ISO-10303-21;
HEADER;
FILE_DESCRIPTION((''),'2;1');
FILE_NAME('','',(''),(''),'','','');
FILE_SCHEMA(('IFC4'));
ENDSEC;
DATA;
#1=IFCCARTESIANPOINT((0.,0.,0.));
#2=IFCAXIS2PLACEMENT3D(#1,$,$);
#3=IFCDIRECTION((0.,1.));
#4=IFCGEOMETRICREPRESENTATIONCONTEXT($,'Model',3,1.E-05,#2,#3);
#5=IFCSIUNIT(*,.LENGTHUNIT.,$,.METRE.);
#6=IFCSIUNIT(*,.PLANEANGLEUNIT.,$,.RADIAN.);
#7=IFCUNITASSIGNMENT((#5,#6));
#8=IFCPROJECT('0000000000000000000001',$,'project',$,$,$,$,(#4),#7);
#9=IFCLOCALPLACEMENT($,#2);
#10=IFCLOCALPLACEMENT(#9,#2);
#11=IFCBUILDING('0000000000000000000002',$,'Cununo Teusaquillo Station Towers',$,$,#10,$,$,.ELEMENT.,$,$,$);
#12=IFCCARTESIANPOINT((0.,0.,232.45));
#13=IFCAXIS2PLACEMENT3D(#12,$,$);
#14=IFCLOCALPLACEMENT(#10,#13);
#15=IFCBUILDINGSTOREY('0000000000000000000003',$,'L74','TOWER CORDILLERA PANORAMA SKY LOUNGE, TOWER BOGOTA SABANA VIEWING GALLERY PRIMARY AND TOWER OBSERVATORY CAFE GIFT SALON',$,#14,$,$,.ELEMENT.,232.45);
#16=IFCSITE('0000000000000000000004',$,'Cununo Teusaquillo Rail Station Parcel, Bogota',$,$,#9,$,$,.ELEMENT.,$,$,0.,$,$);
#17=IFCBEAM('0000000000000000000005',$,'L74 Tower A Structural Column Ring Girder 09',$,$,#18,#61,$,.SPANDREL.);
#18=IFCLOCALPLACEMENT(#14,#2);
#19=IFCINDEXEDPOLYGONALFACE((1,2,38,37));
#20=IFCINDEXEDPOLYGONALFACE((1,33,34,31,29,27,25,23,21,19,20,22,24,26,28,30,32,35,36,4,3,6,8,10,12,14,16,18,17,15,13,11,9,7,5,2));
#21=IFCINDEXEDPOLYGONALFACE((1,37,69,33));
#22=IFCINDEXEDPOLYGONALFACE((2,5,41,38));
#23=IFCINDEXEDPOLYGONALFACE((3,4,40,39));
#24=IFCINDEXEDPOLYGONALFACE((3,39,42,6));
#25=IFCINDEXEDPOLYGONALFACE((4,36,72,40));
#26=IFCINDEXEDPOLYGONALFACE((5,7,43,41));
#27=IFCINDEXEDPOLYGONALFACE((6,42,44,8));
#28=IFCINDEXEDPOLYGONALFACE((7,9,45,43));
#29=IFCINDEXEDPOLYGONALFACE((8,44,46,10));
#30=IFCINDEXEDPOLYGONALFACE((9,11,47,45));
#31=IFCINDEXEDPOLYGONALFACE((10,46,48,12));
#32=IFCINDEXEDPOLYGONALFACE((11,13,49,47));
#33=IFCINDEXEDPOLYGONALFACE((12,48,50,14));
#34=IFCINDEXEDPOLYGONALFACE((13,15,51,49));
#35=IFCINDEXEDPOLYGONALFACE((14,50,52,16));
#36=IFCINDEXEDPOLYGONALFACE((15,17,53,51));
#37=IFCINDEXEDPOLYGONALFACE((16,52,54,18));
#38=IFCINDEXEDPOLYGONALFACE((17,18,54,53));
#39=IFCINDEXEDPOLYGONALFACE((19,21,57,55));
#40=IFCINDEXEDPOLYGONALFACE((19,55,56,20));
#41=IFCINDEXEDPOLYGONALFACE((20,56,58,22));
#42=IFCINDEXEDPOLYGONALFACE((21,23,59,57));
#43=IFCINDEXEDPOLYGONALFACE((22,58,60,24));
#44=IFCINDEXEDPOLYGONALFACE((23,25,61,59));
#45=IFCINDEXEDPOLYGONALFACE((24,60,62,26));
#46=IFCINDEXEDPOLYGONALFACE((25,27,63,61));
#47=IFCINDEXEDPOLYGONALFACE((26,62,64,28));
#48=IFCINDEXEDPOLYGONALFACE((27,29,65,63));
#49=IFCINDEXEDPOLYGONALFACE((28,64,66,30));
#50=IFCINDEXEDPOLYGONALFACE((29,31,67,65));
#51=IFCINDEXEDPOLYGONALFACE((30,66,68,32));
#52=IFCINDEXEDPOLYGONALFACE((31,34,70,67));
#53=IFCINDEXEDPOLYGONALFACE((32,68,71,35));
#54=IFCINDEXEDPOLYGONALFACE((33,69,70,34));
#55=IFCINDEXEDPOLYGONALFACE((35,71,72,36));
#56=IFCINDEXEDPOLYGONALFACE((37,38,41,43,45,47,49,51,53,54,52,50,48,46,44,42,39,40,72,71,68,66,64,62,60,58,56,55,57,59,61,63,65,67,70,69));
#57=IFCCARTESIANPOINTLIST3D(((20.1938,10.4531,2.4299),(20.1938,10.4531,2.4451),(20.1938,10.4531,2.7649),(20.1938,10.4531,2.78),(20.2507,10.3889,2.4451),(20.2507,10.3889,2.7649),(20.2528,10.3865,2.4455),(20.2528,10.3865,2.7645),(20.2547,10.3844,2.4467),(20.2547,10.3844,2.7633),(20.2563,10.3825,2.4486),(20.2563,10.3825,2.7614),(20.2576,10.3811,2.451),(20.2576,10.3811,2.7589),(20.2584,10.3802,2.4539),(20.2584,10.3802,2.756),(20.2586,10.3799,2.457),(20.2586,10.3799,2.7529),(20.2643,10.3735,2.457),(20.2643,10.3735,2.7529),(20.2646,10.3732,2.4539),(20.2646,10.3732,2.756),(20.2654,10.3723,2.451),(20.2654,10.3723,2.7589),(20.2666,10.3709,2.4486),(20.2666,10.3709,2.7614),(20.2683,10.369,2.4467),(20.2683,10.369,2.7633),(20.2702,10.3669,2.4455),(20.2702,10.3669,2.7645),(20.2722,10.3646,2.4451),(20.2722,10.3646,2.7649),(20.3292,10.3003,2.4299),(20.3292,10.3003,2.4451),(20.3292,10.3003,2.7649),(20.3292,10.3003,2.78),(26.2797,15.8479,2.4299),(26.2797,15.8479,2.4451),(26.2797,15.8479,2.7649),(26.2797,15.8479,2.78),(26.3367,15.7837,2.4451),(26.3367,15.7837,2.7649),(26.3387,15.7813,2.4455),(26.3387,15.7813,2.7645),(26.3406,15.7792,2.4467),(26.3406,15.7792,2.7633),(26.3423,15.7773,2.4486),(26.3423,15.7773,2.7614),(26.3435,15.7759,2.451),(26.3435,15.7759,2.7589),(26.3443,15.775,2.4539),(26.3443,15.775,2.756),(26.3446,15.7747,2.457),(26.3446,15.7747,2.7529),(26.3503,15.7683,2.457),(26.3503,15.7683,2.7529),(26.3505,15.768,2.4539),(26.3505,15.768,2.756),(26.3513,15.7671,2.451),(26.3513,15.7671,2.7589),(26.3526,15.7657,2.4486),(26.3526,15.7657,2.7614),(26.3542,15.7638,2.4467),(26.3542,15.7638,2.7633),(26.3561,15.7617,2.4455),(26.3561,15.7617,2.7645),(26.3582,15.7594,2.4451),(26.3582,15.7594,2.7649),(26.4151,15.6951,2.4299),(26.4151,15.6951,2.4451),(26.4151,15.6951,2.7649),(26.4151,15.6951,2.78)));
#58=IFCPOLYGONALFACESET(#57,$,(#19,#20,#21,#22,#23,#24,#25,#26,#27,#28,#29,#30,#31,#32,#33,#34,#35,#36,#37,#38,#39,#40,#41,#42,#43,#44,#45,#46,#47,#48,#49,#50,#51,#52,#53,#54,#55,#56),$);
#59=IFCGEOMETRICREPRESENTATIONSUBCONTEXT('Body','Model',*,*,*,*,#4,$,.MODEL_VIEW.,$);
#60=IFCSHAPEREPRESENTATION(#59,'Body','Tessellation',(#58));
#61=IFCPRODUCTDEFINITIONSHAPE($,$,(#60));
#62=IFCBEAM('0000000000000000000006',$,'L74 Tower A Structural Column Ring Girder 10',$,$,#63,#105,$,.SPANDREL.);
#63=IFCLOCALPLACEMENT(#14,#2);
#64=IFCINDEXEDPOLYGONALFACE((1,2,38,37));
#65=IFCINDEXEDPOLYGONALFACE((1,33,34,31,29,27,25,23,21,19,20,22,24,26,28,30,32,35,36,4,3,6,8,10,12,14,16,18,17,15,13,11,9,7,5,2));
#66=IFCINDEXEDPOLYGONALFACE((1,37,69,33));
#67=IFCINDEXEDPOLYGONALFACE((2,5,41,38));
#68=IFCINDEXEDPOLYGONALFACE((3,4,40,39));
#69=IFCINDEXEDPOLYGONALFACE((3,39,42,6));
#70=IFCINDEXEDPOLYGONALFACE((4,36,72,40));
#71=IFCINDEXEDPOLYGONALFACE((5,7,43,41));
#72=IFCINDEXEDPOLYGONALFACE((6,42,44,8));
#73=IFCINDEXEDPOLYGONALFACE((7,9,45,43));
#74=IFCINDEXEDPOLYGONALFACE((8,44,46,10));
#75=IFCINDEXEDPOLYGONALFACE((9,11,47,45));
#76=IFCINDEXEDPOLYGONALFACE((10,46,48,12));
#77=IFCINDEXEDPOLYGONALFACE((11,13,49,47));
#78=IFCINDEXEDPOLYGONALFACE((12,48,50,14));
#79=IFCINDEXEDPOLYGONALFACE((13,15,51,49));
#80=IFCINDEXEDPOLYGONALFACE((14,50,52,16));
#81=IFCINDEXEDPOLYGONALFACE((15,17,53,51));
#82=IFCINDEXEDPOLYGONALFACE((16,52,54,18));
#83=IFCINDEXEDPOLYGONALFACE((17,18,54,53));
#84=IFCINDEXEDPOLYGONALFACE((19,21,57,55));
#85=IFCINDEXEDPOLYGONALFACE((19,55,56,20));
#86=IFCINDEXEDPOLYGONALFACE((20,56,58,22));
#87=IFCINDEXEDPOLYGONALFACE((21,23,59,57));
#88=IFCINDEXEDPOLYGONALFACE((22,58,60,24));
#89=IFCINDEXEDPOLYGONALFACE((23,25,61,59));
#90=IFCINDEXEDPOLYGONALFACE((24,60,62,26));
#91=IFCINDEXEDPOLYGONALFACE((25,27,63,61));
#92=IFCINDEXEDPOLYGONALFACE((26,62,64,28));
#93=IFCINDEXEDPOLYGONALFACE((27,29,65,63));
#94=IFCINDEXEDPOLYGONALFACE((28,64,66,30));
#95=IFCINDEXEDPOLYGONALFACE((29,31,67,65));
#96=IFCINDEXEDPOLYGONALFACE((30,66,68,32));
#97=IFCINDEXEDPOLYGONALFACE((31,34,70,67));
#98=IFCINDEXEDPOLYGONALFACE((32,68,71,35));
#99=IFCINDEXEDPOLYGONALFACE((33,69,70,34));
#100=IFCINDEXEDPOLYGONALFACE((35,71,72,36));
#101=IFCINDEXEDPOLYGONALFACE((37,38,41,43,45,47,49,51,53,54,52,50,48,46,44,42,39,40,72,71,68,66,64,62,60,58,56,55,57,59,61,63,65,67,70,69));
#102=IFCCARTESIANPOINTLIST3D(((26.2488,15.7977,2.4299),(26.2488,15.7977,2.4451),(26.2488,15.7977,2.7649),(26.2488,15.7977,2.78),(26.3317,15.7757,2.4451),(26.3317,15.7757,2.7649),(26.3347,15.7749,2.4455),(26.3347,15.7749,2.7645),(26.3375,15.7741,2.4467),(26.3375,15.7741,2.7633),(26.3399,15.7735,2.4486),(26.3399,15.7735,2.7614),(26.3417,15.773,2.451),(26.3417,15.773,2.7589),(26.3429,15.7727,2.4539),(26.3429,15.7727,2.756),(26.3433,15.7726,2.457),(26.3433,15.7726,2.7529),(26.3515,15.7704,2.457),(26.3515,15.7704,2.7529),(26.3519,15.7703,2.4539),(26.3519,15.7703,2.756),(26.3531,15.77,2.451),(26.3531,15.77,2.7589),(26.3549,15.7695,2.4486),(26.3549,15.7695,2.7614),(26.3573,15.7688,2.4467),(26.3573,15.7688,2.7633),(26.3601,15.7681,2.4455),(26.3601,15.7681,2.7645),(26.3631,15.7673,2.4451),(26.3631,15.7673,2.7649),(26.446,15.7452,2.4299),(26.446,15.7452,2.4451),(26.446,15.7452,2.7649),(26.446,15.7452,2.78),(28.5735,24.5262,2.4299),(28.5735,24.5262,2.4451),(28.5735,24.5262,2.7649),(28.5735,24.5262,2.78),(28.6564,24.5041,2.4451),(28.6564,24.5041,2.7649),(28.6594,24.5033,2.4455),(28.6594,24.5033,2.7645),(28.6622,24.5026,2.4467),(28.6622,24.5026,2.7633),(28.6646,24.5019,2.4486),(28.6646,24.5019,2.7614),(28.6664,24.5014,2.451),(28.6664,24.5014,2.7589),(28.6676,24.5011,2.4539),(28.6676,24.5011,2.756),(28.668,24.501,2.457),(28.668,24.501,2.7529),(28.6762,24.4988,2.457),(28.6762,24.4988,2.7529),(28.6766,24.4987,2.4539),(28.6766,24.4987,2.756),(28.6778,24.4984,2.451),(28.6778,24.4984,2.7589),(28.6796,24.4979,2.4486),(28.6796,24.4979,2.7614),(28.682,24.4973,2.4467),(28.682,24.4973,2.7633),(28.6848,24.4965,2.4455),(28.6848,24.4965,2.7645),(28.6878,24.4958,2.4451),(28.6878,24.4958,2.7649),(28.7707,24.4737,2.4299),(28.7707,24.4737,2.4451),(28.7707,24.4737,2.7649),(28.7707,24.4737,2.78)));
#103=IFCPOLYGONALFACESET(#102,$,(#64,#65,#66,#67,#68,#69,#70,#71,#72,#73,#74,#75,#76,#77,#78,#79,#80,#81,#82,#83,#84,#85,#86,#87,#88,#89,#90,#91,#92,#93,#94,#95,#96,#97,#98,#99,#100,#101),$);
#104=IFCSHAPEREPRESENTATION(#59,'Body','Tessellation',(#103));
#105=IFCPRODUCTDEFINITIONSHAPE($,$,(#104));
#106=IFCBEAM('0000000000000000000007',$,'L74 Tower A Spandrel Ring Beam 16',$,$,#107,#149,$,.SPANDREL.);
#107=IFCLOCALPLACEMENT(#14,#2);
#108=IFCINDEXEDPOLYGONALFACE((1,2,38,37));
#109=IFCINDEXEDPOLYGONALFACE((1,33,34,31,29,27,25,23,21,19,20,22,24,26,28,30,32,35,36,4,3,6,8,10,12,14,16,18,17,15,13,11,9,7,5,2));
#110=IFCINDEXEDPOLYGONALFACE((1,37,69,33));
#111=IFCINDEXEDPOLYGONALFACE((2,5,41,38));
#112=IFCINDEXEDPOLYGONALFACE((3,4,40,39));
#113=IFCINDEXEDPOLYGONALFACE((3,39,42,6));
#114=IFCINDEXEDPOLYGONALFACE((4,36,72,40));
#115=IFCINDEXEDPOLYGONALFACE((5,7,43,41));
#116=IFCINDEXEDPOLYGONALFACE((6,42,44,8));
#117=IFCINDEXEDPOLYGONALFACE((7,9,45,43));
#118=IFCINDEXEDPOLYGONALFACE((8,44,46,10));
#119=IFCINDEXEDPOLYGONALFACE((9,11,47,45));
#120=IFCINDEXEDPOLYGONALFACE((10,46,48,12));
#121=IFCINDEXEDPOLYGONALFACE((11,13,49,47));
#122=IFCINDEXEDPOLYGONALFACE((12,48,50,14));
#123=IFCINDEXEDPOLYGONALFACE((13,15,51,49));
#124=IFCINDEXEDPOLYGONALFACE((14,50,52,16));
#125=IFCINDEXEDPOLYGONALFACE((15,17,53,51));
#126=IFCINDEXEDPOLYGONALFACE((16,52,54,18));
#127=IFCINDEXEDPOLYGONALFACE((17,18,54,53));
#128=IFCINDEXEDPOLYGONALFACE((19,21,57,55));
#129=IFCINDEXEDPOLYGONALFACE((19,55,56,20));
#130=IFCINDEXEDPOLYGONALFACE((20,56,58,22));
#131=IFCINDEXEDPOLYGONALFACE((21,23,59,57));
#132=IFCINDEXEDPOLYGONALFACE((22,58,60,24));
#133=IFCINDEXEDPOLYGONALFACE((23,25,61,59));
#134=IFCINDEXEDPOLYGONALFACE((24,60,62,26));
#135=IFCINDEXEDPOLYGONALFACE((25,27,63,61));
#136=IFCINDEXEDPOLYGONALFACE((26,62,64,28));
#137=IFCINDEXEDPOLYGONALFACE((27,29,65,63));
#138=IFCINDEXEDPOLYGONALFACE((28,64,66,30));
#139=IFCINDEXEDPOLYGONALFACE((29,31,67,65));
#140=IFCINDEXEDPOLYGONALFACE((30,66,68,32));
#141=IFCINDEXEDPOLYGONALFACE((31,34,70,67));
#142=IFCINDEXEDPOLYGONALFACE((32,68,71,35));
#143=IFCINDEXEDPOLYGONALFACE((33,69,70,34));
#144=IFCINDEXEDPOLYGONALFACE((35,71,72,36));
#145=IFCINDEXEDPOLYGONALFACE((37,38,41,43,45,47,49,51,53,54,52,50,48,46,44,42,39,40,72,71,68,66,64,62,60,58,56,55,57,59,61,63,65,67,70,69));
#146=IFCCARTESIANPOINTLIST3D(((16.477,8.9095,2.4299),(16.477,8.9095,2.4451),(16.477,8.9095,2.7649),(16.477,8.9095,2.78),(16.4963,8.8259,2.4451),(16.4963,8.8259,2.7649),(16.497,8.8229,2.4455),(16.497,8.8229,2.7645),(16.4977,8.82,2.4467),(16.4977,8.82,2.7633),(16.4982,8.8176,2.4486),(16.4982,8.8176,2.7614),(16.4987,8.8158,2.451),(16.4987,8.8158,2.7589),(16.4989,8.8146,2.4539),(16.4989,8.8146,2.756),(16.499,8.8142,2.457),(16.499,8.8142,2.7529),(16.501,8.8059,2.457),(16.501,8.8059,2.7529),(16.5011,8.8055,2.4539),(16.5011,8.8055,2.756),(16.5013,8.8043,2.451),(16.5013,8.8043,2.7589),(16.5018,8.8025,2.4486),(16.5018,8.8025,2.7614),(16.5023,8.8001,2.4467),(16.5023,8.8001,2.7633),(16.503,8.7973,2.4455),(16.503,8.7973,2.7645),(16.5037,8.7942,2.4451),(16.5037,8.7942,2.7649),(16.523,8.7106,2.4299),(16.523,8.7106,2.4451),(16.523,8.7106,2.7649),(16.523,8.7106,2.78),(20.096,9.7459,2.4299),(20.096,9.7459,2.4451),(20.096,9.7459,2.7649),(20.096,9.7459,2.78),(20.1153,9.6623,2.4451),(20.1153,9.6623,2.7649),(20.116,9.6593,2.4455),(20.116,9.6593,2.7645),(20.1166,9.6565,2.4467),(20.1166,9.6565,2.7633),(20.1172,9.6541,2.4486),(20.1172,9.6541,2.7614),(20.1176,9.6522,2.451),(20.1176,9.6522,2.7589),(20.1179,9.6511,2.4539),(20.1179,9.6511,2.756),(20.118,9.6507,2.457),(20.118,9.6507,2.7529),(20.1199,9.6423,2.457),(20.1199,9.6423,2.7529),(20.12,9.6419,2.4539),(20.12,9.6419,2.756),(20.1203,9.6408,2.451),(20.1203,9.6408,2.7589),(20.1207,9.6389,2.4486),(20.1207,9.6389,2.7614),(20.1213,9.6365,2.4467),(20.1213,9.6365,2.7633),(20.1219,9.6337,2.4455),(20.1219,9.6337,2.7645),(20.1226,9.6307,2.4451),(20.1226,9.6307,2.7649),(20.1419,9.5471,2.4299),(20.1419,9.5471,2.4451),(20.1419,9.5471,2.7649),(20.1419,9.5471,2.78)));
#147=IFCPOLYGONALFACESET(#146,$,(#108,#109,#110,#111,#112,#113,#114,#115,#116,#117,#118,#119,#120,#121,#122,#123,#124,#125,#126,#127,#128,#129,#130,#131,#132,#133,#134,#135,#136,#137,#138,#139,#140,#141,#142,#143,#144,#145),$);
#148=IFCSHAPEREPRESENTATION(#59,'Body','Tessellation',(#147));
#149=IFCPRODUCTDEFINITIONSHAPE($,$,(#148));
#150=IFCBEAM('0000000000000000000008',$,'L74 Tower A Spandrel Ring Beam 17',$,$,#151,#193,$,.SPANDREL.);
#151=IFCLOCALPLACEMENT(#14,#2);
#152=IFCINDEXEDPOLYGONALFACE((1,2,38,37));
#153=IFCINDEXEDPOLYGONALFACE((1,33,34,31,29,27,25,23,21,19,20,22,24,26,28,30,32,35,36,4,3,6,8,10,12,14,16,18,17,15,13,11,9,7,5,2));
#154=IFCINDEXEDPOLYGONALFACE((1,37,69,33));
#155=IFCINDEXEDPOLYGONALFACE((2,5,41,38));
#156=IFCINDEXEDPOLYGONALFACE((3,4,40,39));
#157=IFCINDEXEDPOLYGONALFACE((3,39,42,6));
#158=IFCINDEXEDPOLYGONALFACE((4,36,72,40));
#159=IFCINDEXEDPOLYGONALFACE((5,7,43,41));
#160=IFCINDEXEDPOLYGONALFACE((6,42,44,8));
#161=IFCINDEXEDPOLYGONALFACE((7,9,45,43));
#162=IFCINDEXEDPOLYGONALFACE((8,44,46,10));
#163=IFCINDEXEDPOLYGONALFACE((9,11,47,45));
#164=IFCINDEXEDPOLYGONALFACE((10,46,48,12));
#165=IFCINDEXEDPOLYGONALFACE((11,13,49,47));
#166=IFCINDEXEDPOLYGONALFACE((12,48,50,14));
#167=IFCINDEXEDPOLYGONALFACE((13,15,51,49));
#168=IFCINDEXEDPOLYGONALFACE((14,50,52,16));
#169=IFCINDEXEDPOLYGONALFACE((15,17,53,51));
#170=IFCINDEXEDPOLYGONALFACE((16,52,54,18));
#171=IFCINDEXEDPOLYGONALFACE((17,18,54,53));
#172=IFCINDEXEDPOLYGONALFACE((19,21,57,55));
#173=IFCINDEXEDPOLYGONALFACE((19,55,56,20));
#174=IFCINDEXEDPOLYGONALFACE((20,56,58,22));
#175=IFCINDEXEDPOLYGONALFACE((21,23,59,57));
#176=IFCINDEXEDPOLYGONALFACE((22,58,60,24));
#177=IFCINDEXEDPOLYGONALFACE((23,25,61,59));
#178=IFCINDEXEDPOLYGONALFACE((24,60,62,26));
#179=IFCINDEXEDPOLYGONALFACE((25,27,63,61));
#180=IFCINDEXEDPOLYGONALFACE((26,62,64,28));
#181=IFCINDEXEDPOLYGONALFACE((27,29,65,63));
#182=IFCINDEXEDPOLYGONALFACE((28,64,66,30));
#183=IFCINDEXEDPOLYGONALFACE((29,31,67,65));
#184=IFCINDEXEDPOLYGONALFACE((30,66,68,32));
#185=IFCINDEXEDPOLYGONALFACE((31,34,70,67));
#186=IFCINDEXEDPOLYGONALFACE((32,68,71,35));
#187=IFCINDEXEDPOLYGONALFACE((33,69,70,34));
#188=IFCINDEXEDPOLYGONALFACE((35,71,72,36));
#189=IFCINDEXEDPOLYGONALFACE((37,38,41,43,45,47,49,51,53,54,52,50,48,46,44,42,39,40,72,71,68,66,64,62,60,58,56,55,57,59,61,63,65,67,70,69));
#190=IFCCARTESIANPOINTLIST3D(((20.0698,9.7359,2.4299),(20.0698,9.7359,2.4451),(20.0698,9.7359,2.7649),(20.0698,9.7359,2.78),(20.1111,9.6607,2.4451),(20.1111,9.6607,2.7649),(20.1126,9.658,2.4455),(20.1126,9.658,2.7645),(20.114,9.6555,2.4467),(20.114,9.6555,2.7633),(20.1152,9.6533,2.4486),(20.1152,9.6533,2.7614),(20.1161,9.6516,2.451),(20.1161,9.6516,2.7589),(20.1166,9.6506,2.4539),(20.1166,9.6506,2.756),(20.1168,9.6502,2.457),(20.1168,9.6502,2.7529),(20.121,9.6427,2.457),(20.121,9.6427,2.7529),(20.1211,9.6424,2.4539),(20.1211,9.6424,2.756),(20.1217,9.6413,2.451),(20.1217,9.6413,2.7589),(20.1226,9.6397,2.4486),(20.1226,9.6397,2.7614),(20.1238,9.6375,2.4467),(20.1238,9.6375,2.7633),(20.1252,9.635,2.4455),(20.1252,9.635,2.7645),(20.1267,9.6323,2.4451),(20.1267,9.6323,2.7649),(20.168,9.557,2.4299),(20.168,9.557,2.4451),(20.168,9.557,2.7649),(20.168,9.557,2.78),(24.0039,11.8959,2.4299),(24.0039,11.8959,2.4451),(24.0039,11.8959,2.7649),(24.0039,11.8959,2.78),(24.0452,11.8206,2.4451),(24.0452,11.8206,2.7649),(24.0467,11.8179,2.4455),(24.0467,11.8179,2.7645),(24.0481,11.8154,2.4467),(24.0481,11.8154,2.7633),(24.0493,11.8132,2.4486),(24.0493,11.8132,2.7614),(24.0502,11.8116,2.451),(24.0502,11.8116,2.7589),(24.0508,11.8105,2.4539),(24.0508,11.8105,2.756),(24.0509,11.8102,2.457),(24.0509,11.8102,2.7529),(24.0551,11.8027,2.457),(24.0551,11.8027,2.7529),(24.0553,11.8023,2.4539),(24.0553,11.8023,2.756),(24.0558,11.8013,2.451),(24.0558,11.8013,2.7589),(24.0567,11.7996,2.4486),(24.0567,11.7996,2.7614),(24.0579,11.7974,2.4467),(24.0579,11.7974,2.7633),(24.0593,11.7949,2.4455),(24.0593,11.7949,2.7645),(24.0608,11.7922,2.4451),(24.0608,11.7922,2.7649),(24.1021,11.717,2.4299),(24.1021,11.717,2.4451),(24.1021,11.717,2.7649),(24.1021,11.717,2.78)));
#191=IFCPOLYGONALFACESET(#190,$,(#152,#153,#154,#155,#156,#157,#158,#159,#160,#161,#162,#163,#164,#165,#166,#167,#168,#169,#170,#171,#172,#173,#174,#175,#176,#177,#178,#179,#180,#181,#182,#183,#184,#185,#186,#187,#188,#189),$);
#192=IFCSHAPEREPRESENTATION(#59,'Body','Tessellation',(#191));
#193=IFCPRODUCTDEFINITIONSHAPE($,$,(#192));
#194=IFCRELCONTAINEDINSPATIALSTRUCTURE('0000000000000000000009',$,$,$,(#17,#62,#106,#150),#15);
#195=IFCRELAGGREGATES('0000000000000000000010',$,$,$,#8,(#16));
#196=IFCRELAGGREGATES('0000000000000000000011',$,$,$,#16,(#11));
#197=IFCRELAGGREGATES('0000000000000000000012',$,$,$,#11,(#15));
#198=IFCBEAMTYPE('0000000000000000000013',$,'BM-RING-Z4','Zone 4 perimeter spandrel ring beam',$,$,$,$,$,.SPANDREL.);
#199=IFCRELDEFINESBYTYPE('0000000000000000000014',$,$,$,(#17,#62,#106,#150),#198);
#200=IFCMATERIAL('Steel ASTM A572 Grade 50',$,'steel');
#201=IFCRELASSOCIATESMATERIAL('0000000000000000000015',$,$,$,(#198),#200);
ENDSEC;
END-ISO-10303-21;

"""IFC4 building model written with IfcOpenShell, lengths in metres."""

from ifc_helpers import new_model, si_unit, direction, frame, origin, origin_2d, place, context, subcontext, project, spatial, i_section, extrude, material, material_profile, profile_set, type_object, element, save


model = new_model("IFC4")

# Units and contexts
model_context = context("Model", 3, precision=1e-05, world=origin(), true_north=direction((0.0, 1.0)))
body_context = subcontext(model_context, "Body", "Model", "MODEL_VIEW")
ifc_project = project(units=[si_unit("LENGTHUNIT", "METRE"), si_unit("PLANEANGLEUNIT", "RADIAN")], contexts=[model_context])

# Site, building, storey
site_placement = place(None, origin())
site = spatial("IfcSite", under=ifc_project, at=site_placement, Name="Cununo Teusaquillo Rail Station Parcel, Bogota", CompositionType="ELEMENT", RefElevation=0.0)
building_placement = place(site_placement, origin())
building = spatial("IfcBuilding", under=site, at=building_placement, Name="Cununo Teusaquillo Station Towers", CompositionType="ELEMENT")
storey_placement = place(building_placement, frame((0.0, 0.0, 232.45)))
storey = spatial("IfcBuildingStorey", under=building, at=storey_placement, Name="L74", Description="TOWER CORDILLERA PANORAMA SKY LOUNGE, TOWER BOGOTA SABANA VIEWING GALLERY PRIMARY AND TOWER OBSERVATORY CAFE GIFT SALON", CompositionType="ELEMENT", Elevation=232.45)

# Beams
ifc_material_1 = material(Name="Steel ASTM A572 Grade 50", Category="steel")
ifc_material_profile_1 = material_profile(ifc_material_1, i_section(OverallWidth=0.2041, OverallDepth=0.3501, WebThickness=0.0085, FlangeThickness=0.0151, FilletRadius=0.012, at=origin_2d()), Name="W14X48")
ifc_profile_set_1 = profile_set([ifc_material_profile_1], Name="Steel ASTM A572 Grade 50")
beam_type = type_object("IfcBeamType", Name="BM-RING-Z4", Description="Zone 4 perimeter spandrel ring beam", PredefinedType="SPANDREL", material=ifc_profile_set_1)
beam_1_placement = place(storey_placement, frame((20.2615, 10.3767, 2.605), z_axis=(0.748321, 0.663337, 0.0), x_axis=(-0.663337, 0.748321, 0.0)))
element("IfcBeam", 1, at=beam_1_placement, inside=storey, type_object=beam_type, Name="L74 Tower A Structural Column Ring Girder 09", PredefinedType="SPANDREL", context=body_context, shape_type="SweptSolid", body=[
    extrude(i_section(OverallWidth=0.2041, OverallDepth=0.3501, WebThickness=0.0085, FlangeThickness=0.0151, FilletRadius=0.012, at=origin_2d()), origin(), (0.0, 0.0, 1.0), 8.1328),
])
beam_2_placement = place(storey_placement, frame((26.3474, 15.7715, 2.605), z_axis=(0.257363, 0.966315, 0.0), x_axis=(-0.966315, 0.257363, 0.0)))
element("IfcBeam", 2, at=beam_2_placement, inside=storey, type_object=beam_type, Name="L74 Tower A Structural Column Ring Girder 10", PredefinedType="SPANDREL", context=body_context, shape_type="SweptSolid", body=[
    extrude(i_section(OverallWidth=0.2041, OverallDepth=0.3501, WebThickness=0.0085, FlangeThickness=0.0151, FilletRadius=0.012, at=origin_2d()), origin(), (0.0, 0.0, 1.0), 9.0327),
])
beam_3_placement = place(storey_placement, frame((16.5, 8.8101, 2.605), z_axis=(0.974315, 0.225191, 0.0), x_axis=(-0.225191, 0.974315, 0.0)))
element("IfcBeam", 3, at=beam_3_placement, inside=storey, type_object=beam_type, Name="L74 Tower A Spandrel Ring Beam 16", PredefinedType="SPANDREL", context=body_context, shape_type="SweptSolid", body=[
    extrude(i_section(OverallWidth=0.2041, OverallDepth=0.3501, WebThickness=0.0085, FlangeThickness=0.0151, FilletRadius=0.012, at=origin_2d()), origin(), (0.0, 0.0, 1.0), 3.7144),
])
beam_4_placement = place(storey_placement, frame((20.1189, 9.6465, 2.605), z_axis=(0.876576, 0.481263, 0.0), x_axis=(-0.481263, 0.876576, 0.0)))
element("IfcBeam", 4, at=beam_4_placement, inside=storey, type_object=beam_type, Name="L74 Tower A Spandrel Ring Beam 17", PredefinedType="SPANDREL", context=body_context, shape_type="SweptSolid", body=[
    extrude(i_section(OverallWidth=0.2041, OverallDepth=0.3501, WebThickness=0.0085, FlangeThickness=0.0151, FilletRadius=0.012, at=origin_2d()), origin(), (0.0, 0.0, 1.0), 4.488),
])

save(model, "model.ifc")
